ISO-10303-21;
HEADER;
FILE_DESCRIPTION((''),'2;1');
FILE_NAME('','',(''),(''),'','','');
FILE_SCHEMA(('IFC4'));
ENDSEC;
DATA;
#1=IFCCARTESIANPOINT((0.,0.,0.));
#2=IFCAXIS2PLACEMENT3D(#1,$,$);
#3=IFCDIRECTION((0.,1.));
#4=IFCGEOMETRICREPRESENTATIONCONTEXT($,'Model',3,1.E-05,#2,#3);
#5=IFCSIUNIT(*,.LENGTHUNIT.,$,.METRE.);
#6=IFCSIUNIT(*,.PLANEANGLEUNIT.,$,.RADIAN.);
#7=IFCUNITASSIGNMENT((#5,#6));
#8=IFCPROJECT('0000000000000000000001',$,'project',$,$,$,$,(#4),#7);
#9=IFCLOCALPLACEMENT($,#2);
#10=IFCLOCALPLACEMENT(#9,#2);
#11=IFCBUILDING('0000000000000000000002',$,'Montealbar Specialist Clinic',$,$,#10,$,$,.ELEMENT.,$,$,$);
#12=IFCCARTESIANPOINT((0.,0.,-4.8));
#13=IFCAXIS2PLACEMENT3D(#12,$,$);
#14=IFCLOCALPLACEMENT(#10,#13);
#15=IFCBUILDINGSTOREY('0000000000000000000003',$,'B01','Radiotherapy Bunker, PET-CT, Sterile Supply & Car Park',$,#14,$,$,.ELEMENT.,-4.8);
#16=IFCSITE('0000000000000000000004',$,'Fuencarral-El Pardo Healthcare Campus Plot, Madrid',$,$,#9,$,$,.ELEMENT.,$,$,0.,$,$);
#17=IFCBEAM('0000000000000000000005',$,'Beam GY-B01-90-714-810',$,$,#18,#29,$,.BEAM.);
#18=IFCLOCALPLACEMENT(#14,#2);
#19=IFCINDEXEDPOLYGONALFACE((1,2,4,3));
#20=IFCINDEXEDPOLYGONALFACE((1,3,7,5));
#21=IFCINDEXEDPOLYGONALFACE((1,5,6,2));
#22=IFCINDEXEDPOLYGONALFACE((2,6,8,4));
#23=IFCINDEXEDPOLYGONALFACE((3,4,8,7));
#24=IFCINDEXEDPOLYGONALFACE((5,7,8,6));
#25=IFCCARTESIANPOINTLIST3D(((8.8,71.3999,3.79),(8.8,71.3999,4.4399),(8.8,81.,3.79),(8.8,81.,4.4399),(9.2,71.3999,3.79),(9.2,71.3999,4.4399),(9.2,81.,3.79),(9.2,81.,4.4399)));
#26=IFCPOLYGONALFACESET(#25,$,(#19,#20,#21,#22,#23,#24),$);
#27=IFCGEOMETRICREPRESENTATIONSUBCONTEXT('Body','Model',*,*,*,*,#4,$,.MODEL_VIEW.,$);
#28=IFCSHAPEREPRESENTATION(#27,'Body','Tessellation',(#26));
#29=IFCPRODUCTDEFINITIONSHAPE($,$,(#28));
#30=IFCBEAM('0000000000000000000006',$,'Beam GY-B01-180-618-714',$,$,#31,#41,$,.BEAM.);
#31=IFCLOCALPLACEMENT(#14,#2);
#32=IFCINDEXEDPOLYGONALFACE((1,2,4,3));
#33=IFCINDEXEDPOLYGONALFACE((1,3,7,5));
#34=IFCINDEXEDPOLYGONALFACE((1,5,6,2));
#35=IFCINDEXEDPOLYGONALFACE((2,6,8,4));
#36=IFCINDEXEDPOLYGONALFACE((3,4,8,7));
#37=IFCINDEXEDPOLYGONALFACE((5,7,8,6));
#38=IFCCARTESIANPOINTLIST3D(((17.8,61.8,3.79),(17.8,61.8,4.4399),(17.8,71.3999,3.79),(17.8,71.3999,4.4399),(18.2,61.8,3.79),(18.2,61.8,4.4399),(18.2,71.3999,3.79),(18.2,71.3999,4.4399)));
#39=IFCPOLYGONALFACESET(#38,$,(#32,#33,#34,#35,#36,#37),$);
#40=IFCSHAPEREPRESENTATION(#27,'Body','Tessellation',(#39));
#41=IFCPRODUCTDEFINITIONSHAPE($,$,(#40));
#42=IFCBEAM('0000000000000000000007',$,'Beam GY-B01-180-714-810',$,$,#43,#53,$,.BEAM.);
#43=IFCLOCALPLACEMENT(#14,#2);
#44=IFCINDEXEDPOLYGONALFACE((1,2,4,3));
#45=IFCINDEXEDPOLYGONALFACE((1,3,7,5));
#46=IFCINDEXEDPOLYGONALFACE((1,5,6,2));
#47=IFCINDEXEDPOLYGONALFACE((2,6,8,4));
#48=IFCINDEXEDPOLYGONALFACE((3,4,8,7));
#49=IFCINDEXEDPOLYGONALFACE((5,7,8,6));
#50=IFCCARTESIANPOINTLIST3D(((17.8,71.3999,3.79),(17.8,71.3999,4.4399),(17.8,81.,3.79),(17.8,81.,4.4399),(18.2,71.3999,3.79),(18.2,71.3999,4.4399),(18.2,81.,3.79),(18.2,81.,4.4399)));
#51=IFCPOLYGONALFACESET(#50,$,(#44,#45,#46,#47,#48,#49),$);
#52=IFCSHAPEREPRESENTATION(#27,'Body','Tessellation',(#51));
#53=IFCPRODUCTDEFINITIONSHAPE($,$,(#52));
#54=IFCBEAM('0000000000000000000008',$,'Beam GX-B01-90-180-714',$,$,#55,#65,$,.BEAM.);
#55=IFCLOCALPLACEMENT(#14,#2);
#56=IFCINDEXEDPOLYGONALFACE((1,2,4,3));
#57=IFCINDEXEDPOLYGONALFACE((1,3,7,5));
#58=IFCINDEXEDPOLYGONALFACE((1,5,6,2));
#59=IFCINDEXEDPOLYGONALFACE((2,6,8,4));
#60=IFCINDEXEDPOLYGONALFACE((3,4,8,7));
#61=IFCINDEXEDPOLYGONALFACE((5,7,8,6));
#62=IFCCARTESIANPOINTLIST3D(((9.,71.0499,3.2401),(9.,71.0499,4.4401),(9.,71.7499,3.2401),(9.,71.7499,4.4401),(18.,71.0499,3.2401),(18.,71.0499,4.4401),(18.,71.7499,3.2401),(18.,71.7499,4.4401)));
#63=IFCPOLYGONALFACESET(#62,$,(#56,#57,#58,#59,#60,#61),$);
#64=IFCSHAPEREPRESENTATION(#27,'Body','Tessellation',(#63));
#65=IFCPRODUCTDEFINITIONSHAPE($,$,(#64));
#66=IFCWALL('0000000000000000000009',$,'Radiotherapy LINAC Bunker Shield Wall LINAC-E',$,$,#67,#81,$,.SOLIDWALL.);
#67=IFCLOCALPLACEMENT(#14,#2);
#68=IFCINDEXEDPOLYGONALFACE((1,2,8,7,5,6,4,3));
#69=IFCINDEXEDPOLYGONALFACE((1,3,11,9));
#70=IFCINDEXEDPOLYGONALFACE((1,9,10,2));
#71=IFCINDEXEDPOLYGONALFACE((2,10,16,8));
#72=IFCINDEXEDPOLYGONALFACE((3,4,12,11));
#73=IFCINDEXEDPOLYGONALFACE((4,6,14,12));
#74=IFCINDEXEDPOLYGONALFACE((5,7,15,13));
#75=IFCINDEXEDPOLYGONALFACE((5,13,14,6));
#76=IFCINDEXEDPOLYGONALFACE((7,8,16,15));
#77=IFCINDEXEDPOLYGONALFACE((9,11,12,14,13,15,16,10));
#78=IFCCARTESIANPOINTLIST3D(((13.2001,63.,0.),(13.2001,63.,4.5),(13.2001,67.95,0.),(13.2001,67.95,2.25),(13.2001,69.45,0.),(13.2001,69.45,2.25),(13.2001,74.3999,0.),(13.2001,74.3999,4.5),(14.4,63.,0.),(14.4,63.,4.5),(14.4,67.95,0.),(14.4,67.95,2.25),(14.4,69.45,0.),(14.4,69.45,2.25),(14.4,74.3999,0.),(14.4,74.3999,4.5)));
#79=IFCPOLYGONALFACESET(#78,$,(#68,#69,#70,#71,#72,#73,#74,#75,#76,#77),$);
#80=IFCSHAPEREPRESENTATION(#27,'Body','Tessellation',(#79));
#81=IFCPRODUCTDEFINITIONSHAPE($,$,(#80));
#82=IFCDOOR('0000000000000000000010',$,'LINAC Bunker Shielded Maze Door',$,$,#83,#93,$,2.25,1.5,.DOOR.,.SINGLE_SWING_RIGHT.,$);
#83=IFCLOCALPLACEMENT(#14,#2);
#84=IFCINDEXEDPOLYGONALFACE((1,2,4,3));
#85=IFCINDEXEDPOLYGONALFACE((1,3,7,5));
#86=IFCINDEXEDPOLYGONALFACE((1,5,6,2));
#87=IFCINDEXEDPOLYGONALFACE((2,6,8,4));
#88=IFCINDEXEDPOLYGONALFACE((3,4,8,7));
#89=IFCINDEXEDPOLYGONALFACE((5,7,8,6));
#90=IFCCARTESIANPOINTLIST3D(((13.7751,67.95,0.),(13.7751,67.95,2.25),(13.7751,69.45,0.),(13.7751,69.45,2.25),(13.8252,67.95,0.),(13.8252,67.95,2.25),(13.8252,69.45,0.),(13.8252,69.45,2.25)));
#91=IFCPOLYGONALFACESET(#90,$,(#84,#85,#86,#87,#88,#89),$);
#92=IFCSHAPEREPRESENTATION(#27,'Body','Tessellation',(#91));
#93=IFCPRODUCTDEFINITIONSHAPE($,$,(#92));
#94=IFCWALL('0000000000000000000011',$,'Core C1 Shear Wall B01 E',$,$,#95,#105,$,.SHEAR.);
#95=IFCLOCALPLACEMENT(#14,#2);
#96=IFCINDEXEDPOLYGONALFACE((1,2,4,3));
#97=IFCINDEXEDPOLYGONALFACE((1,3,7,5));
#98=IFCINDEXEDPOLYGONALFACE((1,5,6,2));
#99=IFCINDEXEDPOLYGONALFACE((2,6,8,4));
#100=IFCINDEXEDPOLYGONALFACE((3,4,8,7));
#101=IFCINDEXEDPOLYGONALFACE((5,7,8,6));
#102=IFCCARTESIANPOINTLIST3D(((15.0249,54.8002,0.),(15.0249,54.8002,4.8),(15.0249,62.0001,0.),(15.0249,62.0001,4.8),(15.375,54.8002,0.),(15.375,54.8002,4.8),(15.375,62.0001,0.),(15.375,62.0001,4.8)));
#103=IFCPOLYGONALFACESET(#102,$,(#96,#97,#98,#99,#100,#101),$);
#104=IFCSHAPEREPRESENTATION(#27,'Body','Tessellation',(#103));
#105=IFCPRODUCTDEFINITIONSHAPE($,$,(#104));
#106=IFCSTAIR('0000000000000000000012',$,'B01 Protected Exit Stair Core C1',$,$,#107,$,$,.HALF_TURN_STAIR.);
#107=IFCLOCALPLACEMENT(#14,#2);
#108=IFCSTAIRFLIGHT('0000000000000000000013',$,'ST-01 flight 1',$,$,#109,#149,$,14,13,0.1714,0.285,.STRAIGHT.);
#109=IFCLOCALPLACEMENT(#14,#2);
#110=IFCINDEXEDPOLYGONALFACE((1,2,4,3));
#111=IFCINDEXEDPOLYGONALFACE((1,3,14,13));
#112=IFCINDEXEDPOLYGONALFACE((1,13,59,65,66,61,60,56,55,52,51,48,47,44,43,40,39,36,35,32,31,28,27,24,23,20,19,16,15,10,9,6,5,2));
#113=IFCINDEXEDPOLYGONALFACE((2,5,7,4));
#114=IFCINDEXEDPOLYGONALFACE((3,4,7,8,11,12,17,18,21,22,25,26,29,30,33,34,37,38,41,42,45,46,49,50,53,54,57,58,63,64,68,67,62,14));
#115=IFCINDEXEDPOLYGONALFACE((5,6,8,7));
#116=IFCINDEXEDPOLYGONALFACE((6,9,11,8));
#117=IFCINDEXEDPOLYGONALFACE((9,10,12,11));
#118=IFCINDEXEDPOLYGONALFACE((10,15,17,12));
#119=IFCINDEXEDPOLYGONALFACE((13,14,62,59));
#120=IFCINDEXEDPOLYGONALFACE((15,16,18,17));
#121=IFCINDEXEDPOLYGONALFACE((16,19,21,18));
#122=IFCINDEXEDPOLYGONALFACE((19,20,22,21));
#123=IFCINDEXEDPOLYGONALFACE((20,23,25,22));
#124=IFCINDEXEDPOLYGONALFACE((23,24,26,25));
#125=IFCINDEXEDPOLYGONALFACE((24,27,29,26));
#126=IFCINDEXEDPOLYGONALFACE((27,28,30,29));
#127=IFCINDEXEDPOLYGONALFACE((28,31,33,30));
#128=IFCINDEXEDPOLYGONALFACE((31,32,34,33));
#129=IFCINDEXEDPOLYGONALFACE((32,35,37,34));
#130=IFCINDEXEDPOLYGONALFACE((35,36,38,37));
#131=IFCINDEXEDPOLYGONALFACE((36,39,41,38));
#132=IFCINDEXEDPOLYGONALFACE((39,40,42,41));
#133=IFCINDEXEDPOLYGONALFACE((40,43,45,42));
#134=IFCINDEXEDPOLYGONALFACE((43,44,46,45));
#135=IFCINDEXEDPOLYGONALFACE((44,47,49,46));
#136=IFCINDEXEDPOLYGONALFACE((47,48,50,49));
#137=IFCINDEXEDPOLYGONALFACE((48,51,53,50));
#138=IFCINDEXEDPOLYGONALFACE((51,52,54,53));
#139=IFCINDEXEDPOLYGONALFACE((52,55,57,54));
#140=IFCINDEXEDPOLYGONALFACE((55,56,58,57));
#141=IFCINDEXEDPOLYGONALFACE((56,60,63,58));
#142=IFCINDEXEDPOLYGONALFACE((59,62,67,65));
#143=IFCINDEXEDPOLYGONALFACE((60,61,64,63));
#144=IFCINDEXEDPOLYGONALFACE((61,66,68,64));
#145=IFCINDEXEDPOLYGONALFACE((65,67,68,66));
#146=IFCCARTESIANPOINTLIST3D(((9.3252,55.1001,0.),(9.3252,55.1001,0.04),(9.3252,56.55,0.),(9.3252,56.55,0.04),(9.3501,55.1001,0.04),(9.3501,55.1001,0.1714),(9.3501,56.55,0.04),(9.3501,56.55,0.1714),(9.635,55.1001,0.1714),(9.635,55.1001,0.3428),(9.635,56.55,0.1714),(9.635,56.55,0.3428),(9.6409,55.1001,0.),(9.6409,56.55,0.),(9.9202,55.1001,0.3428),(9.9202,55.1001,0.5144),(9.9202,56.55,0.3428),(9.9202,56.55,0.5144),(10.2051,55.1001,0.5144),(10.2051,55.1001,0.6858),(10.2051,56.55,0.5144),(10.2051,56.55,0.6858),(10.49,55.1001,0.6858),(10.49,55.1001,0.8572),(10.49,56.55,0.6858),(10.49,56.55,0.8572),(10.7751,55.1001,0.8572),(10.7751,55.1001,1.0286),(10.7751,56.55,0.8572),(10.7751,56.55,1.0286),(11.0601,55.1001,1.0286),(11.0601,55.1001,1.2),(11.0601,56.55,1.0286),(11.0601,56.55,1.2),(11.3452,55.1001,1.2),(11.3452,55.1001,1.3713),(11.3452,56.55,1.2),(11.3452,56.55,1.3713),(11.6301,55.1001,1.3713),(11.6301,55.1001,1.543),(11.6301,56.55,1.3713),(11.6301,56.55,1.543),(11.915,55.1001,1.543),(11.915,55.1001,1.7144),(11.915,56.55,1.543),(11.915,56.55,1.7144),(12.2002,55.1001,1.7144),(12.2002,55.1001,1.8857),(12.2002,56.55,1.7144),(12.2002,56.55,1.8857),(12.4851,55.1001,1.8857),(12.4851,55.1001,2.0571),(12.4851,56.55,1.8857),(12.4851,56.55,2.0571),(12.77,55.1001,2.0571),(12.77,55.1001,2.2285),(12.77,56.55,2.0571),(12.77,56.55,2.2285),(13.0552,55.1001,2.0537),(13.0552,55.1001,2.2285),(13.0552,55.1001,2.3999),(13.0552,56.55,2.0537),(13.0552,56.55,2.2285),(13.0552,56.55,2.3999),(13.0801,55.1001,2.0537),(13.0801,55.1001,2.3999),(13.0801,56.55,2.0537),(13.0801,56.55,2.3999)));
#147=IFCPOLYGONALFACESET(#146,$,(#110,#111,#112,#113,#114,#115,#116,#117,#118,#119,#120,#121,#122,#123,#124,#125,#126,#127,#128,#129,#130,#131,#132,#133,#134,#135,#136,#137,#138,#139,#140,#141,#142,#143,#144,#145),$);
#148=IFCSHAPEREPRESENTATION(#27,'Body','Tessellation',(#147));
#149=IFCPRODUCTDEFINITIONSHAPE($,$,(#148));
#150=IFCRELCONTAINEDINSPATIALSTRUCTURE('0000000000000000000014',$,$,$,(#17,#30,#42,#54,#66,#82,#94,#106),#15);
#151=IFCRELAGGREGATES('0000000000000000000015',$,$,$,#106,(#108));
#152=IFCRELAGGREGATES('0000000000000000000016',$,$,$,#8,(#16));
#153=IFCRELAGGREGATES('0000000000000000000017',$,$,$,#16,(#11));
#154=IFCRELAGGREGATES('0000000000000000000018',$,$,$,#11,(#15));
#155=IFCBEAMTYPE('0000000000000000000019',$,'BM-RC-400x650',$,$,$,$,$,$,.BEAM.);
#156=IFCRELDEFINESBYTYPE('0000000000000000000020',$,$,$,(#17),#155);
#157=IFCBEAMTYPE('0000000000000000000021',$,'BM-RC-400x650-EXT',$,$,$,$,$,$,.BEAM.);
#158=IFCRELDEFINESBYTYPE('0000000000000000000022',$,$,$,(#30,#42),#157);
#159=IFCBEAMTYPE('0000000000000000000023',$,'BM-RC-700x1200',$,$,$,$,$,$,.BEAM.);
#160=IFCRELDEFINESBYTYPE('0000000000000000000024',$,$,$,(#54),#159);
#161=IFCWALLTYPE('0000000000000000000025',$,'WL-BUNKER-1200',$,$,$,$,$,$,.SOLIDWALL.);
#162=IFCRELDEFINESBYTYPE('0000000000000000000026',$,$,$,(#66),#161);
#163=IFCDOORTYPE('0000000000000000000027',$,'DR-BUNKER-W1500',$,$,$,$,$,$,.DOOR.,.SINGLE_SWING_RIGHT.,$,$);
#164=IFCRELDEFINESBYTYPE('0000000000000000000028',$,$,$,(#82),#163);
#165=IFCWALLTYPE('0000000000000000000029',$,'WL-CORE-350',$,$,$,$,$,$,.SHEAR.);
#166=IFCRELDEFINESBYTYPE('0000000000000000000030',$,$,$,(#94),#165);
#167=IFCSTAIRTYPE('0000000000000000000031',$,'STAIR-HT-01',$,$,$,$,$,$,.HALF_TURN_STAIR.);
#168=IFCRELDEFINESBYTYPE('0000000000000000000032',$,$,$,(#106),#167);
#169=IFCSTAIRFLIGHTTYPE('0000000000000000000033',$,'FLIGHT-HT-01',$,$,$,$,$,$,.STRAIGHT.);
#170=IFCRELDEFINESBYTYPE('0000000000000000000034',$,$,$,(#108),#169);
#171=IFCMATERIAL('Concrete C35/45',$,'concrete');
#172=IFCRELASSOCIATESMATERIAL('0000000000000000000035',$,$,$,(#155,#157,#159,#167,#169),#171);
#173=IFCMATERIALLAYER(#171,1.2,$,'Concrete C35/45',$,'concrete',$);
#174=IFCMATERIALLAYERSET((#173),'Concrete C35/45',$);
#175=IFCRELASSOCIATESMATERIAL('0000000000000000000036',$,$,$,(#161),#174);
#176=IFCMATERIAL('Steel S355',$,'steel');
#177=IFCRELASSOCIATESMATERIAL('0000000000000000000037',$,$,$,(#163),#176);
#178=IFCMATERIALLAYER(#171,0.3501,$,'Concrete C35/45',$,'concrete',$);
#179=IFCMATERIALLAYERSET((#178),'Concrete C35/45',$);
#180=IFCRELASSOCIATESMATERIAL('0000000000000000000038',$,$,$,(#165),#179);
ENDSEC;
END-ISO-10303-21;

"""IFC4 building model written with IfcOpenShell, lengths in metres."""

from ifc_helpers import new_model, si_unit, direction, frame, frame_2d, origin, origin_2d, place, context, subcontext, project, spatial, polyline, rectangle, outline, extrude, material, layer, layer_set, material_profile, profile_set, type_object, element, fill, aggregate, save


model = new_model("IFC4")

# Units and contexts
model_context = context("Model", 3, precision=1e-05, world=origin(), true_north=direction((0.0, 1.0)))
body_context = subcontext(model_context, "Body", "Model", "MODEL_VIEW")
ifc_project = project(units=[si_unit("LENGTHUNIT", "METRE"), si_unit("PLANEANGLEUNIT", "RADIAN")], contexts=[model_context])

# Site, building, storey
site_placement = place(None, origin())
site = spatial("IfcSite", under=ifc_project, at=site_placement, Name="Fuencarral-El Pardo Healthcare Campus Plot, Madrid", CompositionType="ELEMENT", RefElevation=0.0)
building_placement = place(site_placement, origin())
building = spatial("IfcBuilding", under=site, at=building_placement, Name="Montealbar Specialist Clinic", CompositionType="ELEMENT")
storey_placement = place(building_placement, frame((0.0, 0.0, -4.8)))
storey = spatial("IfcBuildingStorey", under=building, at=storey_placement, Name="B01", Description="Radiotherapy Bunker, PET-CT, Sterile Supply & Car Park", CompositionType="ELEMENT", Elevation=-4.8)

# Shared definitions
ifc_material_1 = material(Name="Concrete C35/45", Category="concrete")

# Beams
ifc_material_2 = material(Name="Steel S355", Category="steel")
ifc_material_profile_1 = material_profile(ifc_material_1, rectangle(XDim=0.3999, YDim=0.6499, at=origin_2d()), Name="RC 400x650", Category="concrete")
ifc_profile_set_1 = profile_set([ifc_material_profile_1], Name="Concrete C35/45")
beam_type_1 = type_object("IfcBeamType", Name="BM-RC-400x650", PredefinedType="BEAM", material=ifc_profile_set_1)
beam_1_placement = place(storey_placement, frame((9.0, 71.3999, 4.115), z_axis=(0.0, 1.0, 0.0), x_axis=(-1.0, 0.0, 0.0)))
element("IfcBeam", 1, at=beam_1_placement, inside=storey, type_object=beam_type_1, Name="Beam GY-B01-90-714-810", PredefinedType="BEAM", context=body_context, shape_type="SweptSolid", body=[
    extrude(rectangle(XDim=0.3999, YDim=0.6499, at=origin_2d()), origin(), (0.0, 0.0, 1.0), 9.6001),
])
ifc_material_profile_2 = material_profile(ifc_material_1, rectangle(XDim=0.3999, YDim=0.6499, at=origin_2d()), Name="RC 400x650", Category="concrete")
ifc_profile_set_2 = profile_set([ifc_material_profile_2], Name="Concrete C35/45")
beam_type_2 = type_object("IfcBeamType", Name="BM-RC-400x650-EXT", PredefinedType="BEAM", material=ifc_profile_set_2)
beam_2_placement = place(storey_placement, frame((18.0, 61.8, 4.115), z_axis=(0.0, 1.0, 0.0), x_axis=(-1.0, 0.0, 0.0)))
element("IfcBeam", 2, at=beam_2_placement, inside=storey, type_object=beam_type_2, Name="Beam GY-B01-180-618-714", PredefinedType="BEAM", context=body_context, shape_type="SweptSolid", body=[
    extrude(rectangle(XDim=0.3999, YDim=0.6499, at=origin_2d()), origin(), (0.0, 0.0, 1.0), 9.5999),
])
beam_3_placement = place(storey_placement, frame((18.0, 71.3999, 4.115), z_axis=(0.0, 1.0, 0.0), x_axis=(-1.0, 0.0, 0.0)))
element("IfcBeam", 3, at=beam_3_placement, inside=storey, type_object=beam_type_2, Name="Beam GY-B01-180-714-810", PredefinedType="BEAM", context=body_context, shape_type="SweptSolid", body=[
    extrude(rectangle(XDim=0.3999, YDim=0.6499, at=origin_2d()), origin(), (0.0, 0.0, 1.0), 9.6001),
])
ifc_material_profile_3 = material_profile(ifc_material_1, rectangle(XDim=0.7, YDim=1.2, at=origin_2d()), Name="RC 700x1200", Category="concrete")
ifc_profile_set_3 = profile_set([ifc_material_profile_3], Name="Concrete C35/45")
beam_type_3 = type_object("IfcBeamType", Name="BM-RC-700x1200", PredefinedType="BEAM", material=ifc_profile_set_3)
beam_4_placement = place(storey_placement, frame((9.0, 71.3999, 3.8401), z_axis=(1.0, 0.0, 0.0), x_axis=(0.0, 1.0, 0.0)))
element("IfcBeam", 4, at=beam_4_placement, inside=storey, type_object=beam_type_3, Name="Beam GX-B01-90-180-714", PredefinedType="BEAM", context=body_context, shape_type="SweptSolid", body=[
    extrude(rectangle(XDim=0.7, YDim=1.2, at=origin_2d()), origin(), (0.0, 0.0, 1.0), 9.0),
])

# Wall, opening, door
ifc_layer_1 = layer(ifc_material_1, 1.2, Name="Concrete C35/45", Category="concrete")
ifc_layer_set_1 = layer_set([ifc_layer_1], Name="Concrete C35/45")
wall_type_1 = type_object("IfcWallType", Name="WL-BUNKER-1200", PredefinedType="SOLIDWALL", material=ifc_layer_set_1)
wall_1_placement = place(storey_placement, frame((13.8, 63.0, 0.0), z_axis=(0.0, 0.0, 1.0), x_axis=(0.0, 1.0, 0.0)))
wall_1 = element("IfcWall", 5, at=wall_1_placement, inside=storey, type_object=wall_type_1, Name="Radiotherapy LINAC Bunker Shield Wall LINAC-E", PredefinedType="SOLIDWALL", context=body_context, shape_type="SweptSolid", body=[
    extrude(rectangle(XDim=11.3999, YDim=1.2, at=frame_2d((5.7, 0.0))), origin(), (0.0, 0.0, 1.0), 4.5),
])
opening_1_placement = place(wall_1_placement, frame((4.95, 0.0, 0.0)))
opening_1 = element("IfcOpeningElement", 6, at=opening_1_placement, cuts=wall_1, PredefinedType="OPENING", context=body_context, shape_type="SweptSolid", body=[
    extrude(rectangle(XDim=1.5, YDim=2.25, at=frame_2d((0.75, 1.125))), frame((0.0, 0.6099, 0.0), z_axis=(0.0, -1.0, 0.0), x_axis=(1.0, 0.0, 0.0)), (0.0, 0.0, 1.0), 1.22),
])
door_type_1 = type_object("IfcDoorType", Name="DR-BUNKER-W1500", OperationType="SINGLE_SWING_RIGHT", PredefinedType="DOOR", material=ifc_material_2)
door_1_placement = place(opening_1_placement, origin())
door_1 = element("IfcDoor", 7, at=door_1_placement, inside=storey, type_object=door_type_1, Name="LINAC Bunker Shielded Maze Door", OperationType="SINGLE_SWING_RIGHT", OverallHeight=2.25, OverallWidth=1.5, PredefinedType="DOOR", context=body_context, shape_type="SweptSolid", body=[
    extrude(rectangle(XDim=1.5, YDim=2.25, at=frame_2d((0.75, 1.125))), frame((0.0, 0.0249, 0.0), z_axis=(0.0, -1.0, 0.0), x_axis=(1.0, 0.0, 0.0)), (0.0, 0.0, 1.0), 0.05),
])
fill(opening_1, door_1)

# Wall
ifc_layer_2 = layer(ifc_material_1, 0.3501, Name="Concrete C35/45", Category="concrete")
ifc_layer_set_2 = layer_set([ifc_layer_2], Name="Concrete C35/45")
wall_type_2 = type_object("IfcWallType", Name="WL-CORE-350", PredefinedType="SHEAR", material=ifc_layer_set_2)
wall_2_placement = place(storey_placement, frame((15.2, 54.8, 0.0), z_axis=(0.0, 0.0, 1.0), x_axis=(0.0, 1.0, 0.0)))
element("IfcWall", 8, at=wall_2_placement, inside=storey, type_object=wall_type_2, Name="Core C1 Shear Wall B01 E", PredefinedType="SHEAR", context=body_context, shape_type="SweptSolid", body=[
    extrude(rectangle(XDim=7.2, YDim=0.3501, at=frame_2d((3.6001, 0.0))), origin(), (0.0, 0.0, 1.0), 4.8),
])

# Stair, stair flight
stair_type = type_object("IfcStairType", Name="STAIR-HT-01", PredefinedType="HALF_TURN_STAIR", material=ifc_material_1)
stair_placement = place(storey_placement, origin())
stair = element("IfcStair", 9, at=stair_placement, inside=storey, type_object=stair_type, Name="B01 Protected Exit Stair Core C1", PredefinedType="HALF_TURN_STAIR")
stair_flight_type = type_object("IfcStairFlightType", Name="FLIGHT-HT-01", PredefinedType="STRAIGHT", material=ifc_material_1)
stair_flight_1_placement = place(storey_placement, frame((9.3501, 55.825, 0.0), z_axis=(0.0, 0.0, 1.0), x_axis=(1.0, 0.0, 0.0)))
stair_flight_1 = element("IfcStairFlight", 10, at=stair_flight_1_placement, type_object=stair_flight_type, Name="ST-01 flight 1", NumberOfRisers=14, NumberOfTreads=13, PredefinedType="STRAIGHT", RiserHeight=0.1714, TreadLength=0.285, context=body_context, shape_type="SweptSolid", body=[
    extrude(outline(polyline([(-0.0249, 0.0), (-0.0249, 0.04), (0.0, 0.04), (0.0, 0.1714), (0.2849, 0.1714), (0.2849, 0.3428), (0.5701, 0.3428), (0.5701, 0.5144), (0.855, 0.5144), (0.855, 0.6858), (1.1399, 0.6858), (1.1399, 0.8572), (1.425, 0.8572), (1.425, 1.0286), (1.71, 1.0286), (1.71, 1.2), (1.9951, 1.2), (1.9951, 1.3713), (2.28, 1.3713), (2.28, 1.543), (2.5649, 1.543), (2.5649, 1.7144), (2.8501, 1.7144), (2.8501, 1.8857), (3.135, 1.8857), (3.135, 2.0571), (3.4199, 2.0571), (3.4199, 2.2285), (3.7051, 2.2285), (3.7051, 2.3999), (3.73, 2.3999), (3.73, 2.0537), (3.7051, 2.0537), (0.2908, 0.0), (-0.0249, 0.0)])), frame((0.0, 0.7251, 0.0), z_axis=(0.0, -1.0, 0.0), x_axis=(1.0, 0.0, 0.0)), (0.0, 0.0, 1.0), 1.45),
])
aggregate(stair, [stair_flight_1])

save(model, "model.ifc")
